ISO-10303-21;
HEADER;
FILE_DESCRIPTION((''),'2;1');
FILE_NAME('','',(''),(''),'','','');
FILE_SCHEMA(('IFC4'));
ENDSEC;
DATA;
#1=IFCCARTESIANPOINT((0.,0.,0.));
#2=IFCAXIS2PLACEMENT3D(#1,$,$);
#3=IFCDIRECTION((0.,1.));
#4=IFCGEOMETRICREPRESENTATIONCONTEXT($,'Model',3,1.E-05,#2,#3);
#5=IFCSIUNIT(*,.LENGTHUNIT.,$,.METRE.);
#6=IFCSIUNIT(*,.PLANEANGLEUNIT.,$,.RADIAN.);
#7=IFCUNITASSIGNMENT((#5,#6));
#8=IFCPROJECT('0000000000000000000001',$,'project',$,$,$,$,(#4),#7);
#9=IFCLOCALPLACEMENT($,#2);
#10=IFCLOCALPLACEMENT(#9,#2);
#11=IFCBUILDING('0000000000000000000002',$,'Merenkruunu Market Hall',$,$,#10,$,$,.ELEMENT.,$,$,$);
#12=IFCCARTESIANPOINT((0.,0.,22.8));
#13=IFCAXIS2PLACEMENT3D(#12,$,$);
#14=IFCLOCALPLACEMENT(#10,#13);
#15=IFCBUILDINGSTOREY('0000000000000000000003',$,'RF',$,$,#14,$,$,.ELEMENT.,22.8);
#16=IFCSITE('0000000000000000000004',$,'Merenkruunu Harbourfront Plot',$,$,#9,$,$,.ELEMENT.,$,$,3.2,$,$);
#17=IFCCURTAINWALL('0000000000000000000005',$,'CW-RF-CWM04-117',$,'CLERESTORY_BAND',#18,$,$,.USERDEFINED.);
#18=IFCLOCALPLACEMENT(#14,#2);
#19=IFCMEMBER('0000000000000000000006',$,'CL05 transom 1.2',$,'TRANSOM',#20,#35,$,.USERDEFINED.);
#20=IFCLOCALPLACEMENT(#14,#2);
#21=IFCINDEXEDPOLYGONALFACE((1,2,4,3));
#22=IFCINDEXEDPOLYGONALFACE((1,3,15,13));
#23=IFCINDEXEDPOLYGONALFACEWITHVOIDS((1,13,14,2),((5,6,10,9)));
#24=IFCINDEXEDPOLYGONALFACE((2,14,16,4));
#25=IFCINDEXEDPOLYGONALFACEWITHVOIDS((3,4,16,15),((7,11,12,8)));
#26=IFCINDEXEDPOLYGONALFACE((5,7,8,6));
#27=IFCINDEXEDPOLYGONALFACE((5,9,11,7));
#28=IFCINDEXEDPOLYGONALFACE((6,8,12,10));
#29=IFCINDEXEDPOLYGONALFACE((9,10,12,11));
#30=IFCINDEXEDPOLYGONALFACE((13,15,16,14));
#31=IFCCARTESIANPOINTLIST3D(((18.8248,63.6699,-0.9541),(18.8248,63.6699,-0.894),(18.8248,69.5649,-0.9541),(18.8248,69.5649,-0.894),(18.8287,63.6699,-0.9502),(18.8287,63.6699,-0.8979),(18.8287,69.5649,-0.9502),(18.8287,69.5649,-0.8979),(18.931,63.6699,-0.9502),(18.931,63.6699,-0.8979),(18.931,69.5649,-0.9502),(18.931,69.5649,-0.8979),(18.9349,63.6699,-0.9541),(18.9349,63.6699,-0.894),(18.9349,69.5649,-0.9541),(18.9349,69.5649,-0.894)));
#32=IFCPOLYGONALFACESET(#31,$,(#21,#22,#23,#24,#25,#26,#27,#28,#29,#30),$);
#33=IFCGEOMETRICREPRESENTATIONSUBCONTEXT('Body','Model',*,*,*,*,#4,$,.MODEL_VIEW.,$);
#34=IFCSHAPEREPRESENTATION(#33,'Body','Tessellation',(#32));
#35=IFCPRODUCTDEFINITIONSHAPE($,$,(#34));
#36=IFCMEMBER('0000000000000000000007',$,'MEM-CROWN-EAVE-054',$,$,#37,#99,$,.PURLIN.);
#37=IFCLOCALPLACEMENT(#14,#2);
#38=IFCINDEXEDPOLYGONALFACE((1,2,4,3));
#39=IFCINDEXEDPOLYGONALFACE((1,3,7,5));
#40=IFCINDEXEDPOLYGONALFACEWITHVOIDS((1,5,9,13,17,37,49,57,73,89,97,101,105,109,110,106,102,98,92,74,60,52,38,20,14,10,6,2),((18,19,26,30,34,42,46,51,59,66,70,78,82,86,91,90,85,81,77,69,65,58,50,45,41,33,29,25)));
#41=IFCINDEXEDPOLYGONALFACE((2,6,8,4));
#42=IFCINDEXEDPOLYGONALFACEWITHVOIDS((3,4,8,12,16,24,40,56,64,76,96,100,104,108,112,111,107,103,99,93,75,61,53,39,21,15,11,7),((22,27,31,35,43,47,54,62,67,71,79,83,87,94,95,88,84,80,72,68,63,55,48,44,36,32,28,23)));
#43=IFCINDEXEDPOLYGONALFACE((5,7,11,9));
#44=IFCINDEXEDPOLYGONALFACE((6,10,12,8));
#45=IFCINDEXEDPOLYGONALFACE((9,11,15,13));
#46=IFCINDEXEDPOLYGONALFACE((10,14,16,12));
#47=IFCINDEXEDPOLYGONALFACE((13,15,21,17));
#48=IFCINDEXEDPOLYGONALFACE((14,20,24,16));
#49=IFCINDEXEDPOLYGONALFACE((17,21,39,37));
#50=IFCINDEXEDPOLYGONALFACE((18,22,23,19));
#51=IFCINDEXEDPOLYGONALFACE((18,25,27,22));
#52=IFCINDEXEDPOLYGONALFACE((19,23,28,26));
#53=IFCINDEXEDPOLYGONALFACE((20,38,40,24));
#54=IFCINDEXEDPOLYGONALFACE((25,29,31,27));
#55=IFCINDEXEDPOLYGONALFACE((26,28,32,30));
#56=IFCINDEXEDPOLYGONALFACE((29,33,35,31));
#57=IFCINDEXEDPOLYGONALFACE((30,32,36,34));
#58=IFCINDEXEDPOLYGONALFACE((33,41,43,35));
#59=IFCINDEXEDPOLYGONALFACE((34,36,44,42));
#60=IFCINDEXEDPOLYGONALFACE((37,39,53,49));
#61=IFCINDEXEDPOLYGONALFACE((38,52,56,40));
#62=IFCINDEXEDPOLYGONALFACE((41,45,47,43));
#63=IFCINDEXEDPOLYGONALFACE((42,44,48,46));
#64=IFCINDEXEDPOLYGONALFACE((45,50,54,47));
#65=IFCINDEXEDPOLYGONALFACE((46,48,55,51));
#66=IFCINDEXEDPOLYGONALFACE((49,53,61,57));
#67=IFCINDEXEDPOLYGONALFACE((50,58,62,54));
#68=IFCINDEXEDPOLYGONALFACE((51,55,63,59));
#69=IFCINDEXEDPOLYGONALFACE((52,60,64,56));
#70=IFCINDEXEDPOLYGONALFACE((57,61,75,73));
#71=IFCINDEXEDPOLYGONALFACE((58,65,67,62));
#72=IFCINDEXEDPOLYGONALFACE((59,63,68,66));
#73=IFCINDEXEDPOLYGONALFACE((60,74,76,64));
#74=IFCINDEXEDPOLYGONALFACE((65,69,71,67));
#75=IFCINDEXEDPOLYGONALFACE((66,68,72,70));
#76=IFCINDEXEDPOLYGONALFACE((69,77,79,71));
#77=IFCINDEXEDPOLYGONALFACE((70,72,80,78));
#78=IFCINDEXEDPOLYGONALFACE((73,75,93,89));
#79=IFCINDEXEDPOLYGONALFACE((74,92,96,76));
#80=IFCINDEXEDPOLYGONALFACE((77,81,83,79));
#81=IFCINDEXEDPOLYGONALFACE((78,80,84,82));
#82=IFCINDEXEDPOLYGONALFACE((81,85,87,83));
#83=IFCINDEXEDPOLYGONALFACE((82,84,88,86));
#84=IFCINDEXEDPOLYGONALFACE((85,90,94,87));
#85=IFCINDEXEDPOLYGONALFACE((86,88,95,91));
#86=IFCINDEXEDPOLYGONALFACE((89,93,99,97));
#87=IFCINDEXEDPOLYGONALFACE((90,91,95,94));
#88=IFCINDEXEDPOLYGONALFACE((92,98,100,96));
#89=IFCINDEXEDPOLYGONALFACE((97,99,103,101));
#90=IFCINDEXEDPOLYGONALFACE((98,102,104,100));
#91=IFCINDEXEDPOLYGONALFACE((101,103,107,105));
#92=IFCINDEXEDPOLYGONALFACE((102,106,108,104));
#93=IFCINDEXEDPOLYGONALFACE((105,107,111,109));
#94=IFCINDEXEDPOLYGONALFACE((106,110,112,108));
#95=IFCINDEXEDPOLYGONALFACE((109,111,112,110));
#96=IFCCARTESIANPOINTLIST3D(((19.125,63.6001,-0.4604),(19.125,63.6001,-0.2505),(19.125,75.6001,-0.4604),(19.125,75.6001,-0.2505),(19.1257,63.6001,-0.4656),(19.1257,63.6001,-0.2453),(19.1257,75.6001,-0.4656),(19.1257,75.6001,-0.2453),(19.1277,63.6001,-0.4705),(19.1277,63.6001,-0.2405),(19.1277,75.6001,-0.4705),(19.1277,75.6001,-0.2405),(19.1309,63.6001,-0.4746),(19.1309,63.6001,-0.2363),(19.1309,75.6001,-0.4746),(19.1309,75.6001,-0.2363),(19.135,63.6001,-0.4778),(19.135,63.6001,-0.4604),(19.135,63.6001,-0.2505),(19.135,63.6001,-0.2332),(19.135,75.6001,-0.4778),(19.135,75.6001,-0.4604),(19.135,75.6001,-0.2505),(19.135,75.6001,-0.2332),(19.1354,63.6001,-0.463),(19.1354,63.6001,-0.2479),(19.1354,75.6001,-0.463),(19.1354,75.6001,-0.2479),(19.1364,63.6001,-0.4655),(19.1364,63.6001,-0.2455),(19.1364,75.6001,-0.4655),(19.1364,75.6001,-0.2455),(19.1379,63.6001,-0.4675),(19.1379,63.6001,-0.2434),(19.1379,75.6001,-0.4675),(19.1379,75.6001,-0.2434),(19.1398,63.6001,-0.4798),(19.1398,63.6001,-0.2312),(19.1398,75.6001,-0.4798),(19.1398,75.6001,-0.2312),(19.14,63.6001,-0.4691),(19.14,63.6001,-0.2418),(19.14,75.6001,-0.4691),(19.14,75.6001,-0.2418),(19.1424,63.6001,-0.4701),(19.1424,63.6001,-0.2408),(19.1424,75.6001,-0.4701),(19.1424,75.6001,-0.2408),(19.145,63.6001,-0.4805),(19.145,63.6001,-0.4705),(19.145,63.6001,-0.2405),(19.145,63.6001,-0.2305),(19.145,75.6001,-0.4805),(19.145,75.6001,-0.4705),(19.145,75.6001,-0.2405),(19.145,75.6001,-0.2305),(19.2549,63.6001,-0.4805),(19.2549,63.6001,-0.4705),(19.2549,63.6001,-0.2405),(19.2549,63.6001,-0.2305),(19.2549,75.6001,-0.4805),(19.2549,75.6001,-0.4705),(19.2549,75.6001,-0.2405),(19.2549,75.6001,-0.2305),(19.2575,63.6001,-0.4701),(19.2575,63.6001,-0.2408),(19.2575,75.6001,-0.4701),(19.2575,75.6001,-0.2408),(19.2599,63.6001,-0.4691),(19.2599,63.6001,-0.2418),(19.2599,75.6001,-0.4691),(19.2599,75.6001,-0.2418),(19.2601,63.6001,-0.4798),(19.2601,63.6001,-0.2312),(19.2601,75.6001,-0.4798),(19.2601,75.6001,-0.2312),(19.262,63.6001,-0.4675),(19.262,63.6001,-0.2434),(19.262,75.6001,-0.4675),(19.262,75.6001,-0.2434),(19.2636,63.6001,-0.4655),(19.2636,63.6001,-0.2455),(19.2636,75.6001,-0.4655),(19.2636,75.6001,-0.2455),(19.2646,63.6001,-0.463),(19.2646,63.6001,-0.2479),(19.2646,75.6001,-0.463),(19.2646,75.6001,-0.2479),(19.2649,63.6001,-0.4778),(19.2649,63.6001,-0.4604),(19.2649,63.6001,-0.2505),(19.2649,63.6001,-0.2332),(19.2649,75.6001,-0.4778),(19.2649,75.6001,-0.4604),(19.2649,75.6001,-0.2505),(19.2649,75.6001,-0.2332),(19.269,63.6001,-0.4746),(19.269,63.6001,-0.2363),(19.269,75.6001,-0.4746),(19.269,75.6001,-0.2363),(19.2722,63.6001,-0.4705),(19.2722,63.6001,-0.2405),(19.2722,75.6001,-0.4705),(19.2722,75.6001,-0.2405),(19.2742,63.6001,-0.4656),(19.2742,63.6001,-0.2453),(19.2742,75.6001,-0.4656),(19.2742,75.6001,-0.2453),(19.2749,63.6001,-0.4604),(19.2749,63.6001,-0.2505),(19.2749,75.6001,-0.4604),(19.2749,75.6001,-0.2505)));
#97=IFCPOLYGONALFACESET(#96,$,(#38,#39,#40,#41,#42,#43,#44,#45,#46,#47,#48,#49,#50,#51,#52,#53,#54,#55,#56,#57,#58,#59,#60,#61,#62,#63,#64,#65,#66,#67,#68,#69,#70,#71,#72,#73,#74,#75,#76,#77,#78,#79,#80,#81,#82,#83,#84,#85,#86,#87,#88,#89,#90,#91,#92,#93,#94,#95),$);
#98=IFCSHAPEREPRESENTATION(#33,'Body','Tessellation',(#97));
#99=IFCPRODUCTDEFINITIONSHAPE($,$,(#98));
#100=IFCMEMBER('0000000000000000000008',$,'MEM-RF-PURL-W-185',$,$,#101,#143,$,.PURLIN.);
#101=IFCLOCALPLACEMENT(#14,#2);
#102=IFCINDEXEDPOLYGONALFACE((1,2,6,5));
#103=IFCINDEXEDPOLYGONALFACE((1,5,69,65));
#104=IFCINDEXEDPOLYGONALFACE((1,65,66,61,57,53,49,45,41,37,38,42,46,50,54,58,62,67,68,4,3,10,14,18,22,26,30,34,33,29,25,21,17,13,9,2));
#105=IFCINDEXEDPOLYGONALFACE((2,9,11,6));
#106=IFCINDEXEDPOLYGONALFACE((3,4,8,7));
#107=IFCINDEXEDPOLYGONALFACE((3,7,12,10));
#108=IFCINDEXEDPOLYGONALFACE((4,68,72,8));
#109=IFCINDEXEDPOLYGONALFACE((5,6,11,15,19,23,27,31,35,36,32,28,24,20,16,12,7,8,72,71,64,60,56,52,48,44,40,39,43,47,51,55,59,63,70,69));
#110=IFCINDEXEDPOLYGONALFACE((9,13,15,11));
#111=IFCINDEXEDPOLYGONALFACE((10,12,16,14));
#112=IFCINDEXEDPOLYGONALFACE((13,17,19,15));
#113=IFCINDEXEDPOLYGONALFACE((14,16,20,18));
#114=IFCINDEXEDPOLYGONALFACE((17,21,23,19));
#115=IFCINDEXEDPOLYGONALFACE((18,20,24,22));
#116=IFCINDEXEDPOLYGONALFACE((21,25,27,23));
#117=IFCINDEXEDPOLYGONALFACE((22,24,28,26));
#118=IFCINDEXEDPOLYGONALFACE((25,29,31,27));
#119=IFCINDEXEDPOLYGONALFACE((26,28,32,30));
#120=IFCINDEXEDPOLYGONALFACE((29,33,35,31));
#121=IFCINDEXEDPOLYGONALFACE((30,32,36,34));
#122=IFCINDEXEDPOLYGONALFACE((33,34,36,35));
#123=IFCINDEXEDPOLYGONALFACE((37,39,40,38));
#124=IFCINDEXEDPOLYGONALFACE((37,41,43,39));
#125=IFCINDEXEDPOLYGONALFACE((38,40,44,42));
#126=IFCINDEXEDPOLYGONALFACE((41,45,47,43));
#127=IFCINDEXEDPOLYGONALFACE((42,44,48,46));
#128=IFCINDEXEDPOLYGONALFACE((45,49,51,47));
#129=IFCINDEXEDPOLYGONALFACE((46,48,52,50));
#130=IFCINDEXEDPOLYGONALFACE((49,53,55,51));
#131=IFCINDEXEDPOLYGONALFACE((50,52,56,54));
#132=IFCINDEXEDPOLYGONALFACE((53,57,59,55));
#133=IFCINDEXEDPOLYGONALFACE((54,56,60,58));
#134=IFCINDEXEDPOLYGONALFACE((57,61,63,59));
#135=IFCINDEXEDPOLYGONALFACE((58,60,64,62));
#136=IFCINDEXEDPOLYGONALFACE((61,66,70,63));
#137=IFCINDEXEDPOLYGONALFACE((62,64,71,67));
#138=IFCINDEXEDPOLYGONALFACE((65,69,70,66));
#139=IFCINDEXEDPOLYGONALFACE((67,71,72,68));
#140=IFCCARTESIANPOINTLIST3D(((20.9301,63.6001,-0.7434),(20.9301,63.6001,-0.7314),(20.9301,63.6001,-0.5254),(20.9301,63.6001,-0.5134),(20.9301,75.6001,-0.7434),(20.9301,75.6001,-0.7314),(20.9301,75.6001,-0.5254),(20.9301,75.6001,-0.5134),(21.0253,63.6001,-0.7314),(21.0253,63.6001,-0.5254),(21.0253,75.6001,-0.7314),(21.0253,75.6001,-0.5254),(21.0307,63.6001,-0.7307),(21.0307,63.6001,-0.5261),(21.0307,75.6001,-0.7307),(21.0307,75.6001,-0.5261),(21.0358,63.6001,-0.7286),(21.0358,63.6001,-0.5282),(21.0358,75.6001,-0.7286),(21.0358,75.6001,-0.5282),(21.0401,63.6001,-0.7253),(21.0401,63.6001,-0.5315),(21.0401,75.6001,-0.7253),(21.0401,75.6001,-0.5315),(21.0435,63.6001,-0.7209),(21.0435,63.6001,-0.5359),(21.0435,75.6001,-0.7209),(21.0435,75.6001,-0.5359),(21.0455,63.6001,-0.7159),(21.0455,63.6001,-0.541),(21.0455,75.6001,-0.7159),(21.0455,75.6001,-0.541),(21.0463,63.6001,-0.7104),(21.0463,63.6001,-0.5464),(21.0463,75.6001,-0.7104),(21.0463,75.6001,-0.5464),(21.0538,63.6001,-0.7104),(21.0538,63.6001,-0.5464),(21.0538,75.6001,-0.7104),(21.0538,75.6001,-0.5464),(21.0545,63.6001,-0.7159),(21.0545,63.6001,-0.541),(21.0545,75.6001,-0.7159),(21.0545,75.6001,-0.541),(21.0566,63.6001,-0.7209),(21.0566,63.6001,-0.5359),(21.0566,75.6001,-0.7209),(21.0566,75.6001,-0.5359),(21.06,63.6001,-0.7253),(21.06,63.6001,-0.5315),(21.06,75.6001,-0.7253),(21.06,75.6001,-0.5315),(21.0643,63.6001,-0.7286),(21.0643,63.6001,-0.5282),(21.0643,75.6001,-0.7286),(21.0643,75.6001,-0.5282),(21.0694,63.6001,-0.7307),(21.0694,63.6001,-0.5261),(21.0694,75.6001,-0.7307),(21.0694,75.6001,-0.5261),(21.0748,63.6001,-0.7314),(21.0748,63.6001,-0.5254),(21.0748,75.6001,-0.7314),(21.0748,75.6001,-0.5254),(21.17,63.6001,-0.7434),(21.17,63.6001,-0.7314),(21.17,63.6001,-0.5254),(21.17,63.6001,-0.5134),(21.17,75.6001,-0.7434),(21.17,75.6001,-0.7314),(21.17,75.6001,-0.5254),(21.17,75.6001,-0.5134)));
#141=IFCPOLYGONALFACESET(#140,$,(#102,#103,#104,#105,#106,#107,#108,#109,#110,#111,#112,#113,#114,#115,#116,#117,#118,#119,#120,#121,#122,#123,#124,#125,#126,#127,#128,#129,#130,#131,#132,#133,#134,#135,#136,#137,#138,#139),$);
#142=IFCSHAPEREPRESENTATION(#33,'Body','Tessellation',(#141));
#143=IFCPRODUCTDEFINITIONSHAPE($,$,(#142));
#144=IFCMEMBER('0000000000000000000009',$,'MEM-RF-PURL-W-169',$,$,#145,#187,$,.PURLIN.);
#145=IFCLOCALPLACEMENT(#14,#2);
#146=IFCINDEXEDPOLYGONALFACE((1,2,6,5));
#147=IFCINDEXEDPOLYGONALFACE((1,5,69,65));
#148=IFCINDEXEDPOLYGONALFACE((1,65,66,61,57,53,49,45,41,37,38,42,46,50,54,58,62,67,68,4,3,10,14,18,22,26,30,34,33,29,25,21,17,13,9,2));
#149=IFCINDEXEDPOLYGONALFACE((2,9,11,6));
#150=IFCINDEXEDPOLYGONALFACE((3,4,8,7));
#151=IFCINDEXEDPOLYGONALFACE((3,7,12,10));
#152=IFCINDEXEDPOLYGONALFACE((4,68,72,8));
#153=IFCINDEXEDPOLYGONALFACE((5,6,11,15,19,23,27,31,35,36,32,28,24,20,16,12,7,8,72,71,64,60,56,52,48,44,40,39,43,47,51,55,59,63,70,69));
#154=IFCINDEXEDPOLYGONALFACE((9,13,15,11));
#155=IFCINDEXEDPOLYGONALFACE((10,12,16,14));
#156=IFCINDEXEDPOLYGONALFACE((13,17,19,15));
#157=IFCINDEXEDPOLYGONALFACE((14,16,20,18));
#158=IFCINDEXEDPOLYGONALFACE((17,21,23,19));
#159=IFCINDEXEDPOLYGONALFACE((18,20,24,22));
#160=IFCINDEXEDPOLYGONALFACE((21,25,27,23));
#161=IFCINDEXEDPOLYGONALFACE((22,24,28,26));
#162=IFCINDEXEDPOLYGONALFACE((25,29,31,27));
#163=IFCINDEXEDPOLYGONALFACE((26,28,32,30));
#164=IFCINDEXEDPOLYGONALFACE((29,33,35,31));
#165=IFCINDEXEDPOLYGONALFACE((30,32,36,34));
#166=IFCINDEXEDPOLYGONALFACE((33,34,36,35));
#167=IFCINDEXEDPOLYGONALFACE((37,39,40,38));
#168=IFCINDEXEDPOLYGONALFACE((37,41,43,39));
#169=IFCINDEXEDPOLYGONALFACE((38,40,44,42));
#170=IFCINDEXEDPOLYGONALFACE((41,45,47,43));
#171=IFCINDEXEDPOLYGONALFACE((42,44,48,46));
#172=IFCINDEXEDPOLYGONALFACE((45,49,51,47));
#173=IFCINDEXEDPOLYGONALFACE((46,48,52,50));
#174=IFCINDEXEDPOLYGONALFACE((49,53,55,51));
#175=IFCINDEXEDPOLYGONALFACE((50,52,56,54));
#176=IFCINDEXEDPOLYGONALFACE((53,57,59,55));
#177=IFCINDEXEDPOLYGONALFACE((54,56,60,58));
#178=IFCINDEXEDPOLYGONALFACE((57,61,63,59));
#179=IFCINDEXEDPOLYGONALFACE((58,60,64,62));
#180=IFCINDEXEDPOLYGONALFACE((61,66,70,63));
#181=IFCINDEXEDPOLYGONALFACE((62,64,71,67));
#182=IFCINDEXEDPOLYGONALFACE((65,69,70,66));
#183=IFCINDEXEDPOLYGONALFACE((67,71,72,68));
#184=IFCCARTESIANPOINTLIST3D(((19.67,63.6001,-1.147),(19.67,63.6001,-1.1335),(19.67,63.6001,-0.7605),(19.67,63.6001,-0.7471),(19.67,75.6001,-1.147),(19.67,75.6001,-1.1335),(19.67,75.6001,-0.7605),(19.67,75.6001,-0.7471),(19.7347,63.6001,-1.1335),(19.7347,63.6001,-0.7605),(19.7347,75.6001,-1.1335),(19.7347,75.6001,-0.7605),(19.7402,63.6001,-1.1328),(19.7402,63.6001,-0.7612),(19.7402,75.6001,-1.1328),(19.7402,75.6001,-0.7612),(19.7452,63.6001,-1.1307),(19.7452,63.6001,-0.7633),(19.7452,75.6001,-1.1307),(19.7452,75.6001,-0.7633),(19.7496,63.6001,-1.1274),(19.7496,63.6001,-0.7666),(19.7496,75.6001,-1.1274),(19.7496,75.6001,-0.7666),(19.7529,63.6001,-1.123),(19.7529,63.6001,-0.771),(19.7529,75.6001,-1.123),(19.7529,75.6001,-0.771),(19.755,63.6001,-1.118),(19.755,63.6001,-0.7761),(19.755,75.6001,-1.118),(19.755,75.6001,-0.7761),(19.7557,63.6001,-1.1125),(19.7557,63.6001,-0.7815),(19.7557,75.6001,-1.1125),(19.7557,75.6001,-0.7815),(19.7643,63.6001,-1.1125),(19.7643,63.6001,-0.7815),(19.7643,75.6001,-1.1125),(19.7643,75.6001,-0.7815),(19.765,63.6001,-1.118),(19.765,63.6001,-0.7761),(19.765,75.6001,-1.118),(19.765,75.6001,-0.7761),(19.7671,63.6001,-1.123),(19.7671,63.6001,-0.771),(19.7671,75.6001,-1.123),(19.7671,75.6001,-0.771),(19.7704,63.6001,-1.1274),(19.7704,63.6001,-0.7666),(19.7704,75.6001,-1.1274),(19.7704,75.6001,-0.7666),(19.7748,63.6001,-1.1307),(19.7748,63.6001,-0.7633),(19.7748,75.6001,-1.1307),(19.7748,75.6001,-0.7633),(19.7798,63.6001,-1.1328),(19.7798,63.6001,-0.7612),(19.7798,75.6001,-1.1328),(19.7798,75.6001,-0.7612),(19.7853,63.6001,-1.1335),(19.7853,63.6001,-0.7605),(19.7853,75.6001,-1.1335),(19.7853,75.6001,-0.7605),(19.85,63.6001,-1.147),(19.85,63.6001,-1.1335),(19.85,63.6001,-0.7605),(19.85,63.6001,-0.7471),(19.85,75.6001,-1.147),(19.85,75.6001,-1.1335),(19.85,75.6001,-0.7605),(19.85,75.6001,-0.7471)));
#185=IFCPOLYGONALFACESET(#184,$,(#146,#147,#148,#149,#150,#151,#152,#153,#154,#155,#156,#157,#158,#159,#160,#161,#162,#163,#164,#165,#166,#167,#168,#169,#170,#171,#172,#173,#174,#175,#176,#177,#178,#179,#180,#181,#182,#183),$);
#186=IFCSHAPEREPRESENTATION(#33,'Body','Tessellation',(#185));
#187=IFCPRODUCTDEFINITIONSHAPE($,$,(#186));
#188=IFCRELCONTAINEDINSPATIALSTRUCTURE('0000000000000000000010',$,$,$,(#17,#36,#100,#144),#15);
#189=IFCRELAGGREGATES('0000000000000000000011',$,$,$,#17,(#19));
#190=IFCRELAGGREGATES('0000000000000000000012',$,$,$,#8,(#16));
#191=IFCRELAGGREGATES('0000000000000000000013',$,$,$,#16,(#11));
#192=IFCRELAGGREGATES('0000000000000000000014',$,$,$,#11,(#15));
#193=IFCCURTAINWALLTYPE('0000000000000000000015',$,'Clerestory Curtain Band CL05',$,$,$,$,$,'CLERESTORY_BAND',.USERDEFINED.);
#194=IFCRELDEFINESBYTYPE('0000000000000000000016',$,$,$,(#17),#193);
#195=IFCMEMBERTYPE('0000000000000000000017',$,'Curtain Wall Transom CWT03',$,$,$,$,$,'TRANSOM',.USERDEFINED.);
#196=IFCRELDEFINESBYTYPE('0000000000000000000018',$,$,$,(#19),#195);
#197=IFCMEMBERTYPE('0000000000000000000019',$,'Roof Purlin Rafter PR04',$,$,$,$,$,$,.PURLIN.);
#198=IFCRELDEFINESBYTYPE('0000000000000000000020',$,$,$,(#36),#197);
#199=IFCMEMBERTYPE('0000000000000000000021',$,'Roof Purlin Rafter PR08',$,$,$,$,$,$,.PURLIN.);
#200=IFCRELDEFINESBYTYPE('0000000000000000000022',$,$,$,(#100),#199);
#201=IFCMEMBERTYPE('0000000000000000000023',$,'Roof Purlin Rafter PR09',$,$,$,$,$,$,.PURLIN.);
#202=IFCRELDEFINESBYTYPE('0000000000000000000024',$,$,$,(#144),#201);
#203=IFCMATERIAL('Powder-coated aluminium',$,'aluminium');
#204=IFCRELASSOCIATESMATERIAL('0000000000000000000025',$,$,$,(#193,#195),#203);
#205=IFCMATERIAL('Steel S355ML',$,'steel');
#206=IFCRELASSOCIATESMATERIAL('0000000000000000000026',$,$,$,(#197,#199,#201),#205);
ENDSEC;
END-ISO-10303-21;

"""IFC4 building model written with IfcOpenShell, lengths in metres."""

from ifc_helpers import new_model, si_unit, direction, frame, origin, origin_2d, place, context, subcontext, project, spatial, hollow_rectangle, i_section, extrude, material, material_profile, profile_set, type_object, element, aggregate, save


model = new_model("IFC4")

# Units and contexts
model_context = context("Model", 3, precision=1e-05, world=origin(), true_north=direction((0.0, 1.0)))
body_context = subcontext(model_context, "Body", "Model", "MODEL_VIEW")
ifc_project = project(units=[si_unit("LENGTHUNIT", "METRE"), si_unit("PLANEANGLEUNIT", "RADIAN")], contexts=[model_context])

# Site, building, storey
site_placement = place(None, origin())
site = spatial("IfcSite", under=ifc_project, at=site_placement, Name="Merenkruunu Harbourfront Plot", CompositionType="ELEMENT", RefElevation=3.2)
building_placement = place(site_placement, origin())
building = spatial("IfcBuilding", under=site, at=building_placement, Name="Merenkruunu Market Hall", CompositionType="ELEMENT")
storey_placement = place(building_placement, frame((0.0, 0.0, 22.8)))
storey = spatial("IfcBuildingStorey", under=building, at=storey_placement, Name="RF", CompositionType="ELEMENT", Elevation=22.8)

# Curtain wall, member
ifc_material_1 = material(Name="Powder-coated aluminium", Category="aluminium")
curtain_wall_type = type_object("IfcCurtainWallType", Name="Clerestory Curtain Band CL05", ElementType="CLERESTORY_BAND", PredefinedType="USERDEFINED", material=ifc_material_1)
curtain_wall_placement = place(storey_placement, origin())
curtain_wall = element("IfcCurtainWall", 1, at=curtain_wall_placement, inside=storey, type_object=curtain_wall_type, Name="CW-RF-CWM04-117", ObjectType="CLERESTORY_BAND", PredefinedType="USERDEFINED")
ifc_material_profile_1 = material_profile(ifc_material_1, hollow_rectangle(XDim=0.0601, YDim=0.1101, WallThickness=0.0039, at=origin_2d()), Name="ALU 60x110x4")
ifc_profile_set_1 = profile_set([ifc_material_profile_1], Name="Powder-coated aluminium")
member_type_1 = type_object("IfcMemberType", Name="Curtain Wall Transom CWT03", ElementType="TRANSOM", PredefinedType="USERDEFINED", material=ifc_profile_set_1)
member_1_placement = place(storey_placement, frame((18.8799, 63.6699, -0.9241), z_axis=(0.0, 1.0, 0.0), x_axis=(0.0, 0.0, 1.0)))
member_1 = element("IfcMember", 2, at=member_1_placement, type_object=member_type_1, Name="CL05 transom 1.2", ObjectType="TRANSOM", PredefinedType="USERDEFINED", context=body_context, shape_type="SweptSolid", body=[
    extrude(hollow_rectangle(XDim=0.0601, YDim=0.1101, WallThickness=0.0039, at=origin_2d()), origin(), (0.0, 0.0, 1.0), 5.895),
])
aggregate(curtain_wall, [member_1])

# Members
ifc_material_2 = material(Name="Steel S355ML", Category="steel")
ifc_material_profile_2 = material_profile(ifc_material_2, hollow_rectangle(XDim=0.1499, YDim=0.25, WallThickness=0.01, InnerFilletRadius=0.01, OuterFilletRadius=0.02, at=origin_2d()), Name="RHS 250x150x10")
ifc_profile_set_2 = profile_set([ifc_material_profile_2], Name="Steel S355ML")
member_type_2 = type_object("IfcMemberType", Name="Roof Purlin Rafter PR04", PredefinedType="PURLIN", material=ifc_profile_set_2)
member_2_placement = place(storey_placement, frame((19.2, 63.6001, -0.3555), z_axis=(0.0, 1.0, 0.0), x_axis=(-1.0, 0.0, 0.0)))
element("IfcMember", 3, at=member_2_placement, inside=storey, type_object=member_type_2, Name="MEM-CROWN-EAVE-054", PredefinedType="PURLIN", context=body_context, shape_type="SweptSolid", body=[
    extrude(hollow_rectangle(XDim=0.1499, YDim=0.25, WallThickness=0.01, InnerFilletRadius=0.01, OuterFilletRadius=0.02, at=origin_2d()), origin(), (0.0, 0.0, 1.0), 12.0),
])
ifc_material_profile_3 = material_profile(ifc_material_2, i_section(OverallWidth=0.24, OverallDepth=0.23, WebThickness=0.0076, FlangeThickness=0.012, FilletRadius=0.021, at=origin_2d()), Name="HEA 240")
ifc_profile_set_3 = profile_set([ifc_material_profile_3], Name="Steel S355ML")
member_type_3 = type_object("IfcMemberType", Name="Roof Purlin Rafter PR08", PredefinedType="PURLIN", material=ifc_profile_set_3)
member_3_placement = place(storey_placement, frame((21.05, 63.6001, -0.6284), z_axis=(0.0, 1.0, 0.0), x_axis=(-1.0, 0.0, 0.0)))
element("IfcMember", 4, at=member_3_placement, inside=storey, type_object=member_type_3, Name="MEM-RF-PURL-W-185", PredefinedType="PURLIN", context=body_context, shape_type="SweptSolid", body=[
    extrude(i_section(OverallWidth=0.24, OverallDepth=0.23, WebThickness=0.0076, FlangeThickness=0.012, FilletRadius=0.021, at=origin_2d()), origin(), (0.0, 0.0, 1.0), 12.0),
])
ifc_material_profile_4 = material_profile(ifc_material_2, i_section(OverallWidth=0.1799, OverallDepth=0.3999, WebThickness=0.0085, FlangeThickness=0.0134, FilletRadius=0.021, at=origin_2d()), Name="IPE 400")
ifc_profile_set_4 = profile_set([ifc_material_profile_4], Name="Steel S355ML")
member_type_4 = type_object("IfcMemberType", Name="Roof Purlin Rafter PR09", PredefinedType="PURLIN", material=ifc_profile_set_4)
member_4_placement = place(storey_placement, frame((19.76, 63.6001, -0.947), z_axis=(0.0, 1.0, 0.0), x_axis=(-1.0, 0.0, 0.0)))
element("IfcMember", 5, at=member_4_placement, inside=storey, type_object=member_type_4, Name="MEM-RF-PURL-W-169", PredefinedType="PURLIN", context=body_context, shape_type="SweptSolid", body=[
    extrude(i_section(OverallWidth=0.1799, OverallDepth=0.3999, WebThickness=0.0085, FlangeThickness=0.0134, FilletRadius=0.021, at=origin_2d()), origin(), (0.0, 0.0, 1.0), 12.0),
])

save(model, "model.ifc")
